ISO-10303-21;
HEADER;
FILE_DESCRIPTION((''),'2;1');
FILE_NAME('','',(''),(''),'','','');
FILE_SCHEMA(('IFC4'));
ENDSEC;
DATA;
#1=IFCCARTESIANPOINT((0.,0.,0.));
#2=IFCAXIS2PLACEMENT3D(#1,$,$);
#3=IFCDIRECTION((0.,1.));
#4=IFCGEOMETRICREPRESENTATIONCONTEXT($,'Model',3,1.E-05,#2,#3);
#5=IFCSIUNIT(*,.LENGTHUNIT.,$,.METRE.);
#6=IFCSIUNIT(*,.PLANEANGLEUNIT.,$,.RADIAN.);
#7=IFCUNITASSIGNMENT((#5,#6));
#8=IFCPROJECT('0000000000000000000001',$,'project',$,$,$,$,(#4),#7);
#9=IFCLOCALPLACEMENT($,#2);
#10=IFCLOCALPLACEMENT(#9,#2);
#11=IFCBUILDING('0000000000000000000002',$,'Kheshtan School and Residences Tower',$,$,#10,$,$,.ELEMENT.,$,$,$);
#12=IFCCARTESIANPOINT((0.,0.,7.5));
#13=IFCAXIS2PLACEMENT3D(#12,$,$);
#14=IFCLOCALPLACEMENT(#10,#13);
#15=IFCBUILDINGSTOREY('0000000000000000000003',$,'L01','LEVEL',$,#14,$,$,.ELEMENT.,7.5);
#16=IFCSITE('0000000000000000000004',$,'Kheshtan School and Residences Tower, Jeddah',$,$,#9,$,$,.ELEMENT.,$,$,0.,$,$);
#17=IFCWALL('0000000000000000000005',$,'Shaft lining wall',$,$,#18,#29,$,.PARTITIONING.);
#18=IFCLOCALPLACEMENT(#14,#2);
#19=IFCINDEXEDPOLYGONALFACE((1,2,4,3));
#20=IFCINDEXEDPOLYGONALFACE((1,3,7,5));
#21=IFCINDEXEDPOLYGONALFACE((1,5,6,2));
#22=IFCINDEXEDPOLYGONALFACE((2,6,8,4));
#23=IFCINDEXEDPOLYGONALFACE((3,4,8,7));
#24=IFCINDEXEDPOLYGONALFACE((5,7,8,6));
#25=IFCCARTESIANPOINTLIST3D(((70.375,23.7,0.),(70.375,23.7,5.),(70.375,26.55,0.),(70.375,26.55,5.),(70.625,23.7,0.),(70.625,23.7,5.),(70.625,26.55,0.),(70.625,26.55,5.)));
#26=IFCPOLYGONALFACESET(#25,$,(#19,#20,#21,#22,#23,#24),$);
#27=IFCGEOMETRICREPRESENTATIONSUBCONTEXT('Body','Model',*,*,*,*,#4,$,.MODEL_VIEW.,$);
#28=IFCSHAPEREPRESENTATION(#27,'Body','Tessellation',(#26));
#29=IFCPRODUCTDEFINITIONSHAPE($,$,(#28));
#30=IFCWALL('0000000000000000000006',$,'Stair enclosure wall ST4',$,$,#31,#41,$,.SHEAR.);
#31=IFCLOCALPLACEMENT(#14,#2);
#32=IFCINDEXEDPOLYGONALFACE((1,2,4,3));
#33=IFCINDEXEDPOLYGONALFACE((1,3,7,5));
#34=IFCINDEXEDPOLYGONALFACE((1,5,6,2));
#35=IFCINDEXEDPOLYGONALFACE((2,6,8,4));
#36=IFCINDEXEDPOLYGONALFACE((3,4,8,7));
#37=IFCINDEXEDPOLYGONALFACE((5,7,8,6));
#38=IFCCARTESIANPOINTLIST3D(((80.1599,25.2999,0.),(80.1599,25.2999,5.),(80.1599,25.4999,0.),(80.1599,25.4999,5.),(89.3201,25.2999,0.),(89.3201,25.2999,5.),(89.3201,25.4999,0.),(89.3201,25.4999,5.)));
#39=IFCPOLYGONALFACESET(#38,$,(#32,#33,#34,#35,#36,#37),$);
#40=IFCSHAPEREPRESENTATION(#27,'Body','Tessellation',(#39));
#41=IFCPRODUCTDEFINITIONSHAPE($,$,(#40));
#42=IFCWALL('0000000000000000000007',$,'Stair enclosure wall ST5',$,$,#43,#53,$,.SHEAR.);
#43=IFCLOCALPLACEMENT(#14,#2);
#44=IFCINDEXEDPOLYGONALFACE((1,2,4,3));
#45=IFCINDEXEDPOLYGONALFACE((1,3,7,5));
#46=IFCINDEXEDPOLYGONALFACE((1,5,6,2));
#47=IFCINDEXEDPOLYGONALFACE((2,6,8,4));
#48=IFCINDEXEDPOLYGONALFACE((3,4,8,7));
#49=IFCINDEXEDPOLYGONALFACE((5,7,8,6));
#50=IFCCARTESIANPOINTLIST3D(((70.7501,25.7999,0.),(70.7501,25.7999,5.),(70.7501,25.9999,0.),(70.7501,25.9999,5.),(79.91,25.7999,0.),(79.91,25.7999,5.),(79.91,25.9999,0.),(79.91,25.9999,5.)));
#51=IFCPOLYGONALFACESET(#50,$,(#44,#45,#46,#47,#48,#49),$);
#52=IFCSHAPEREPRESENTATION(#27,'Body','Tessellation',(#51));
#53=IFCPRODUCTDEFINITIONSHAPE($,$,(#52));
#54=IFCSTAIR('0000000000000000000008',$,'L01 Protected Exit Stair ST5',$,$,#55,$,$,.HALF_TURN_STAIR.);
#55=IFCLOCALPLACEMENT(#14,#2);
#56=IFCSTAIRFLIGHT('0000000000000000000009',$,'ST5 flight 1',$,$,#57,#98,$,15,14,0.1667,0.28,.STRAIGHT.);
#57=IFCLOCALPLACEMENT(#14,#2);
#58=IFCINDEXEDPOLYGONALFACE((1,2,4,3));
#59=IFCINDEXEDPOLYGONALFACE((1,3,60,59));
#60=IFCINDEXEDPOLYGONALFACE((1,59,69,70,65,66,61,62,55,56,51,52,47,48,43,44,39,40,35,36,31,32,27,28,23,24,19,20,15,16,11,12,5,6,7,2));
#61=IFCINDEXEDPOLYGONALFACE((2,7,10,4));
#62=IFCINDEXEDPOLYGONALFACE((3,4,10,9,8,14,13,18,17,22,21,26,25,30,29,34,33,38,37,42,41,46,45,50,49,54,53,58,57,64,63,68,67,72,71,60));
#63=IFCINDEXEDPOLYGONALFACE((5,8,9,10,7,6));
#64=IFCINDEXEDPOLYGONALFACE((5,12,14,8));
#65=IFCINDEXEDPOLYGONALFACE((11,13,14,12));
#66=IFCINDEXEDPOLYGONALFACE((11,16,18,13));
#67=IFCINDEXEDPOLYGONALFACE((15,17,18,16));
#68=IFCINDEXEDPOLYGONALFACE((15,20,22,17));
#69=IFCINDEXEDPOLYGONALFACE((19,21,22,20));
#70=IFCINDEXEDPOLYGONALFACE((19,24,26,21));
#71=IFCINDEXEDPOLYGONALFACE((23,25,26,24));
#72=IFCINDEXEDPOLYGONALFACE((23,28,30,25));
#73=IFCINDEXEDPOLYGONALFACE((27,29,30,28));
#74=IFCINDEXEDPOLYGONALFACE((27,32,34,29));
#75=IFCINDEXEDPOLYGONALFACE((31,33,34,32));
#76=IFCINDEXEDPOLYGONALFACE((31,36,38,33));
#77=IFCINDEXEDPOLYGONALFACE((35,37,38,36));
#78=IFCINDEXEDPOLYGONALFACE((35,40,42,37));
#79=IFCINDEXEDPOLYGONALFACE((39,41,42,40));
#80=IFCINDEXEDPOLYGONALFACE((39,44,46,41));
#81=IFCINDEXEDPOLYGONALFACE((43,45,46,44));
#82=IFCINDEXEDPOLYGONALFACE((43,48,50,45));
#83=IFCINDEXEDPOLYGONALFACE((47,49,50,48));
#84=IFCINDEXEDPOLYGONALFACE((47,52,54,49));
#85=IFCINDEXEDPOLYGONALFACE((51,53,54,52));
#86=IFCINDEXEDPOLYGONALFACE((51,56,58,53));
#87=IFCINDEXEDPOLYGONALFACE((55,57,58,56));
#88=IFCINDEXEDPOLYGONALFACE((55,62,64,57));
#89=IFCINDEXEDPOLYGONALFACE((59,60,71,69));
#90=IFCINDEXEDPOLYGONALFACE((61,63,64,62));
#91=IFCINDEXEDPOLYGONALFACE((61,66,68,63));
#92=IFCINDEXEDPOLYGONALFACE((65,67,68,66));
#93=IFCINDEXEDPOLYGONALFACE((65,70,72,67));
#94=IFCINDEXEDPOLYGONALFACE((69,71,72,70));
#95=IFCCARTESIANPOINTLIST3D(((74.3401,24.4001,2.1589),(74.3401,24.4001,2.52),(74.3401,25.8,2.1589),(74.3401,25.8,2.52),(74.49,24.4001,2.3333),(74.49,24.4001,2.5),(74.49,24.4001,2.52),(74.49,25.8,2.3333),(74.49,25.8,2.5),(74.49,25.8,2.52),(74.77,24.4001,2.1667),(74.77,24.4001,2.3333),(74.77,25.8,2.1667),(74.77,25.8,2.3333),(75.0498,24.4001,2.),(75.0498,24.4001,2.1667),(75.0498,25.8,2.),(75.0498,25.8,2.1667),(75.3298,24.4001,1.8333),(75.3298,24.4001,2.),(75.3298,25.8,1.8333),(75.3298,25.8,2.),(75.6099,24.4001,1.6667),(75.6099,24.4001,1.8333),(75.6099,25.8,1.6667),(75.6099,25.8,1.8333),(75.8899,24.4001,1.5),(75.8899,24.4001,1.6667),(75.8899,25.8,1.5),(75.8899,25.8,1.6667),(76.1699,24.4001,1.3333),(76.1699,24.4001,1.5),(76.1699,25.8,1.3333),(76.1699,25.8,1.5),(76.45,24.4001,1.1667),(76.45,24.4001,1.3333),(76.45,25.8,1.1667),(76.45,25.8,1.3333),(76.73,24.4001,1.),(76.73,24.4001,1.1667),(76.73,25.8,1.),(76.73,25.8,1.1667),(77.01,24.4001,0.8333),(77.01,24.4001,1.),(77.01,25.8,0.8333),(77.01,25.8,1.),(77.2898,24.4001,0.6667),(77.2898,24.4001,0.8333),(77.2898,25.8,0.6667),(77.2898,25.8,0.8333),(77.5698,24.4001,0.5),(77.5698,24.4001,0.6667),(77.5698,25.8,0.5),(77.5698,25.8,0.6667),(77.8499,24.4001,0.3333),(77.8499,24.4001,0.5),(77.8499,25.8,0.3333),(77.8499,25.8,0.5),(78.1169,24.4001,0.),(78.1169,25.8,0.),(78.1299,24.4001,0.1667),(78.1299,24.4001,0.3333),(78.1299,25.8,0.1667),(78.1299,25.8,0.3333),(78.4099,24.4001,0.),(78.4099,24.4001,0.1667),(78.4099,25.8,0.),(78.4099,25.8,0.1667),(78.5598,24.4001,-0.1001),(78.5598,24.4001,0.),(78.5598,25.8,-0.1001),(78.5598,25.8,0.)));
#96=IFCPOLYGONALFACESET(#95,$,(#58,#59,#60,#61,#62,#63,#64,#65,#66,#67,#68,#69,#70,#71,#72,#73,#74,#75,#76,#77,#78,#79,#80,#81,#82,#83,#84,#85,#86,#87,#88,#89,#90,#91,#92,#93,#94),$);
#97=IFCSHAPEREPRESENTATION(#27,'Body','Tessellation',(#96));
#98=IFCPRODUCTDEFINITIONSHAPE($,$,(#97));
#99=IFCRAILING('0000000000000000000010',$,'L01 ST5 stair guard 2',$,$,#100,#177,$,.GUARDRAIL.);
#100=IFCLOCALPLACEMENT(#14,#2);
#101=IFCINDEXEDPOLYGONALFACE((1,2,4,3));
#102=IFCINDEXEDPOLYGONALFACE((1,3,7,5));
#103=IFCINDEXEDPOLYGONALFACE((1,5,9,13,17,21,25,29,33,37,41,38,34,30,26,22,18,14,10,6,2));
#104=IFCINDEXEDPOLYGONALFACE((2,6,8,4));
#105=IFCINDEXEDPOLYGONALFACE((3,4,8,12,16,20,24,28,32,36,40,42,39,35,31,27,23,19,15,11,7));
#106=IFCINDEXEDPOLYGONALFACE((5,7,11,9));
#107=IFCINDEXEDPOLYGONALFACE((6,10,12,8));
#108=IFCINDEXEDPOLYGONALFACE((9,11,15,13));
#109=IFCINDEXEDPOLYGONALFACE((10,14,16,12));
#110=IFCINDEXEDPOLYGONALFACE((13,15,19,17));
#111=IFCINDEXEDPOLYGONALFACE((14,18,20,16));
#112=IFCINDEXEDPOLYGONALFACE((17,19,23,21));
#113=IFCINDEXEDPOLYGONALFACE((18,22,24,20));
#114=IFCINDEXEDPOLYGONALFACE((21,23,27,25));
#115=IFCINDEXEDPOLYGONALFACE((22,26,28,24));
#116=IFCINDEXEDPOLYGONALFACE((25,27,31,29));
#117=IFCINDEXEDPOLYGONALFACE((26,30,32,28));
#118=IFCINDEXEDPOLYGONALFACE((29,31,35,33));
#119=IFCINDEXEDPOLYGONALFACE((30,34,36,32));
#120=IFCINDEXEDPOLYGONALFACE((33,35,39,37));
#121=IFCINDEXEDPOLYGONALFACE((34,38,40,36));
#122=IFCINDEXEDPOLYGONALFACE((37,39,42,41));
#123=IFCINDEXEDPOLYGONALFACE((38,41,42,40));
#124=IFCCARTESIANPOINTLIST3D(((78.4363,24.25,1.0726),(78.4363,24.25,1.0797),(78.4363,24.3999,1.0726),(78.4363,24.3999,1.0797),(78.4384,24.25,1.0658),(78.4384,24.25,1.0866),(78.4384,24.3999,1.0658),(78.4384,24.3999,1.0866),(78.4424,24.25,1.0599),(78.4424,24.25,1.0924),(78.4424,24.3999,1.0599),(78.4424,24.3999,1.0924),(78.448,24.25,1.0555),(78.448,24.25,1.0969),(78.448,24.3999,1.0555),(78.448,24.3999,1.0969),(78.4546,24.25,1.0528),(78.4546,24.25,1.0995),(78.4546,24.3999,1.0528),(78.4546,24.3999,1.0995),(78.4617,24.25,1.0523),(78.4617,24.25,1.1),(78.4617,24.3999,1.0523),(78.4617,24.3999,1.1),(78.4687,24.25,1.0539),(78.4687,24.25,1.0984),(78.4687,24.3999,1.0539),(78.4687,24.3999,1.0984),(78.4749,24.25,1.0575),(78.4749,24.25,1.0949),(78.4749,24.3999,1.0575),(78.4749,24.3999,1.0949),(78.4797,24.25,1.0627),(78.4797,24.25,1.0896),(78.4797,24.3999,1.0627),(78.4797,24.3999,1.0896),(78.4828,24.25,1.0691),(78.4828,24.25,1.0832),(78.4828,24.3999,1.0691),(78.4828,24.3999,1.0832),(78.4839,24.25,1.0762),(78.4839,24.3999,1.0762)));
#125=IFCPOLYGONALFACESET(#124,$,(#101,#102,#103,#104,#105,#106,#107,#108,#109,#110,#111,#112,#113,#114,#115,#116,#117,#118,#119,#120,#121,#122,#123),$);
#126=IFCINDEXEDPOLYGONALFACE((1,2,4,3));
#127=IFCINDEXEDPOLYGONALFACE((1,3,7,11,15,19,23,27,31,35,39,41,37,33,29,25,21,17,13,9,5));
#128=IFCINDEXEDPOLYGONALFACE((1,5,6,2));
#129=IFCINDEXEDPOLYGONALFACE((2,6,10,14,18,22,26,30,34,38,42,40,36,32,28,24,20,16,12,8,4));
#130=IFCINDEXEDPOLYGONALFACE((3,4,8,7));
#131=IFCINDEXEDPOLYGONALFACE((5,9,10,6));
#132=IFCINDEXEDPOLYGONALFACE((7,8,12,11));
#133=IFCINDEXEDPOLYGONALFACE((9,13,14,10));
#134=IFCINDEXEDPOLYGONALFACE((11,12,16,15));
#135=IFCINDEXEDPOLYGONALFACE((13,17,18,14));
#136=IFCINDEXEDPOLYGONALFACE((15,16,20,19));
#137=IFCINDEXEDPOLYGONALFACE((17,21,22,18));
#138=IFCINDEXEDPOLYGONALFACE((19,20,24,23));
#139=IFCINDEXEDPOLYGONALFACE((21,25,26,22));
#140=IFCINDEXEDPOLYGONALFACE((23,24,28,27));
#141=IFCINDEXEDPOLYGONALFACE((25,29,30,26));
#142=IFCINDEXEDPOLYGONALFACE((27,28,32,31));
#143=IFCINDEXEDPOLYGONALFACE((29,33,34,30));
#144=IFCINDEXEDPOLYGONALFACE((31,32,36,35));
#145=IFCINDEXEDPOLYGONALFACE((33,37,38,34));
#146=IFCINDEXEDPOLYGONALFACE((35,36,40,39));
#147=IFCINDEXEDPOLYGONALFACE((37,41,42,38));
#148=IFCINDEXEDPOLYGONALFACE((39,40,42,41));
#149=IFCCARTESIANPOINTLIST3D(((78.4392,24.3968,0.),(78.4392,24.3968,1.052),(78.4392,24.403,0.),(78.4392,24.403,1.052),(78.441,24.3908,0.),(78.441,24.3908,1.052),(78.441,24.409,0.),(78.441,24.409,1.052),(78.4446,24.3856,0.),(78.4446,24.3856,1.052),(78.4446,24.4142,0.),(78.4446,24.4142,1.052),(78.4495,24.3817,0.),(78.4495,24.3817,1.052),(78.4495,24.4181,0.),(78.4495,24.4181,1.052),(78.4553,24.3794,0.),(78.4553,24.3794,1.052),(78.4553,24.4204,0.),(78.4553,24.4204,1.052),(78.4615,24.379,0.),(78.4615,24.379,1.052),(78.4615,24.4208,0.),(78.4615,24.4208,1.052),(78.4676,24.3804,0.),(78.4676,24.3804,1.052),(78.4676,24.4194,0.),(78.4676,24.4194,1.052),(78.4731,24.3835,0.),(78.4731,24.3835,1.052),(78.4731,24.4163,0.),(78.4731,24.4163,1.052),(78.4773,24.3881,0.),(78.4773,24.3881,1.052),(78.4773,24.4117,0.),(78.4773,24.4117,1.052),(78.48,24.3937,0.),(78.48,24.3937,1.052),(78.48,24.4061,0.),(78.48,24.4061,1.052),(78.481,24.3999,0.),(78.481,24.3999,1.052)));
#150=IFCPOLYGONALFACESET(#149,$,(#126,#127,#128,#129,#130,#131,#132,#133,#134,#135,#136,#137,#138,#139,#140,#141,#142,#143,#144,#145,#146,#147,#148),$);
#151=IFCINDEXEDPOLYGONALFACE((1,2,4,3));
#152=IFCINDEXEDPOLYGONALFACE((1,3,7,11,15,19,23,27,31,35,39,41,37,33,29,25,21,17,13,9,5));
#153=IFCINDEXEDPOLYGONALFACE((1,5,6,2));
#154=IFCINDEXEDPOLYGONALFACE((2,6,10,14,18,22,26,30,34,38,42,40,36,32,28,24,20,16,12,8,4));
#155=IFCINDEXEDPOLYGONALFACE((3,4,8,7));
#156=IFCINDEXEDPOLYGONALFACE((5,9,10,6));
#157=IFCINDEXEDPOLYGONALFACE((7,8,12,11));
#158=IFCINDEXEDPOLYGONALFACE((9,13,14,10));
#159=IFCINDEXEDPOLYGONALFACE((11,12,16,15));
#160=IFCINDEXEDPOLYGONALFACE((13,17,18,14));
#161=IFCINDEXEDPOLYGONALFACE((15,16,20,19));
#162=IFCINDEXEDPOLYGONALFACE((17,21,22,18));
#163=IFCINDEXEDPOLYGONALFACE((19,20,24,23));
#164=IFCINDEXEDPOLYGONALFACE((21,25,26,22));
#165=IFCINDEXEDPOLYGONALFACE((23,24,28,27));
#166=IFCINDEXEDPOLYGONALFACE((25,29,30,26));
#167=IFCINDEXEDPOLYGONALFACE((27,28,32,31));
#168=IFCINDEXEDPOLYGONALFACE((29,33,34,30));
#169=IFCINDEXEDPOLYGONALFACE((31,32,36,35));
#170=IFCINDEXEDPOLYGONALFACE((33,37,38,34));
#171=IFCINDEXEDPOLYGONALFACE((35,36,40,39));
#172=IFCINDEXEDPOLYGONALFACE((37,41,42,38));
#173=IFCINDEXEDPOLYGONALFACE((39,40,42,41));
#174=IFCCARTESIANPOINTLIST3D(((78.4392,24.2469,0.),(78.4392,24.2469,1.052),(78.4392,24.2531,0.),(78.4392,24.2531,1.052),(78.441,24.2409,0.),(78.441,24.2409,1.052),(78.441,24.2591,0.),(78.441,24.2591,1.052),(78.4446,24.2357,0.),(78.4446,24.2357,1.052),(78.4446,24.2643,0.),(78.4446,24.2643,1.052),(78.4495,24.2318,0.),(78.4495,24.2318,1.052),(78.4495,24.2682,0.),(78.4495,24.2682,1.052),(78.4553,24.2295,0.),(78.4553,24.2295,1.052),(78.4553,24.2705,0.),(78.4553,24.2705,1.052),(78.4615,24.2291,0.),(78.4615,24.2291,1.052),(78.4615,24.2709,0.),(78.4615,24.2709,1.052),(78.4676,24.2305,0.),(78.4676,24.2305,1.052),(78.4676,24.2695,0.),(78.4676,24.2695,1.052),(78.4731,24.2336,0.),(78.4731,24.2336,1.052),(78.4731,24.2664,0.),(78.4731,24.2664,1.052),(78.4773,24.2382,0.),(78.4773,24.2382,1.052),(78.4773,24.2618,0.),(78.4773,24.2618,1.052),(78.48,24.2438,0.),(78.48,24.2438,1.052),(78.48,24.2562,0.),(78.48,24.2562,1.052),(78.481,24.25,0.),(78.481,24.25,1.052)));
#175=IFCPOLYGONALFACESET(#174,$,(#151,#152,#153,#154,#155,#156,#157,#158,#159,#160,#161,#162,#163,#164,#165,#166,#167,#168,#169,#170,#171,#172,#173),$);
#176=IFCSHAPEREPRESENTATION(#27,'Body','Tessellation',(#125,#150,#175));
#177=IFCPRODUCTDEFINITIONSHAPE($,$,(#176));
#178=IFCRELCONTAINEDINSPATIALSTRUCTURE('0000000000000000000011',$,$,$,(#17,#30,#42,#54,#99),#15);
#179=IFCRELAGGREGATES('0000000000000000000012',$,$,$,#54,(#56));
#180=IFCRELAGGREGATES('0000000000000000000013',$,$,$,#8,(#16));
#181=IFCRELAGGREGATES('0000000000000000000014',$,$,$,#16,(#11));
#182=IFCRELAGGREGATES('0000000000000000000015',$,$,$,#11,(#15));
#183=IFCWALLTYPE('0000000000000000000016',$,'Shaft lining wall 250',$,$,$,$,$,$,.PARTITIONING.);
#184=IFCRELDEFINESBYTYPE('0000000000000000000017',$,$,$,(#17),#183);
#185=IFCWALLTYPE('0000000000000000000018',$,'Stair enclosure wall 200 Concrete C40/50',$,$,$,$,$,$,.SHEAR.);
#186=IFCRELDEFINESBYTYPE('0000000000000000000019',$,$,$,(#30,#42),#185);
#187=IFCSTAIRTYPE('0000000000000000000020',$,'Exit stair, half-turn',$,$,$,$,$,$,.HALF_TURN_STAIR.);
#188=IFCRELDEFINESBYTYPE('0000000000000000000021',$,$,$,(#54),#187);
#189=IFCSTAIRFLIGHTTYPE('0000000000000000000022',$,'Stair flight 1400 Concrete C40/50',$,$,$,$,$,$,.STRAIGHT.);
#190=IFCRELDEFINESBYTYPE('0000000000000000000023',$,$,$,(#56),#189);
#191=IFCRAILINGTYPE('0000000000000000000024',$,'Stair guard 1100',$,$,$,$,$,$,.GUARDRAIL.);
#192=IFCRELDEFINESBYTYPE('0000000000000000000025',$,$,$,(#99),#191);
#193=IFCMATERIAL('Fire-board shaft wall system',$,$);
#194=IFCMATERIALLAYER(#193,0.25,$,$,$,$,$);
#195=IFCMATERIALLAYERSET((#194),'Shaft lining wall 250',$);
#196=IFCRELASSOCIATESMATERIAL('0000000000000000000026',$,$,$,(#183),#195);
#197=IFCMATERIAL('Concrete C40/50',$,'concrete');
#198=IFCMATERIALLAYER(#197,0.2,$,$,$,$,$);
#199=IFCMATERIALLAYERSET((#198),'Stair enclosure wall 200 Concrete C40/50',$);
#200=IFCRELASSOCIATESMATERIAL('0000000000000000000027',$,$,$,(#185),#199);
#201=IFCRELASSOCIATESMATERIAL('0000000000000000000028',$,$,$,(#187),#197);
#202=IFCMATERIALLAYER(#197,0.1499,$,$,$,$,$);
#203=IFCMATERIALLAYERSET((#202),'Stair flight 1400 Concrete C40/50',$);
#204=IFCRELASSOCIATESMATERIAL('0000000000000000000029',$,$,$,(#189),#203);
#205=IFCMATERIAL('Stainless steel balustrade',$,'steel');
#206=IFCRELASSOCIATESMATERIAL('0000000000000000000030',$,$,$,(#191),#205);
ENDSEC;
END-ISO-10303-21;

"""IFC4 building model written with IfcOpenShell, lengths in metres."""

from ifc_helpers import new_model, si_unit, direction, frame, frame_2d, origin, origin_2d, place, context, subcontext, project, spatial, polyline, rectangle, circle, outline, extrude, material, layer, layer_set, type_object, element, aggregate, save


model = new_model("IFC4")

# Units and contexts
model_context = context("Model", 3, precision=1e-05, world=origin(), true_north=direction((0.0, 1.0)))
body_context = subcontext(model_context, "Body", "Model", "MODEL_VIEW")
ifc_project = project(units=[si_unit("LENGTHUNIT", "METRE"), si_unit("PLANEANGLEUNIT", "RADIAN")], contexts=[model_context])

# Site, building, storey
site_placement = place(None, origin())
site = spatial("IfcSite", under=ifc_project, at=site_placement, Name="Kheshtan School and Residences Tower, Jeddah", CompositionType="ELEMENT", RefElevation=0.0)
building_placement = place(site_placement, origin())
building = spatial("IfcBuilding", under=site, at=building_placement, Name="Kheshtan School and Residences Tower", CompositionType="ELEMENT")
storey_placement = place(building_placement, frame((0.0, 0.0, 7.5)))
storey = spatial("IfcBuildingStorey", under=building, at=storey_placement, Name="L01", Description="LEVEL", CompositionType="ELEMENT", Elevation=7.5)

# Walls
ifc_material_1 = material(Name="Fire-board shaft wall system")
ifc_layer_1 = layer(ifc_material_1, 0.25)
ifc_layer_set_1 = layer_set([ifc_layer_1], Name="Shaft lining wall 250")
wall_type_1 = type_object("IfcWallType", Name="Shaft lining wall 250", PredefinedType="PARTITIONING", material=ifc_layer_set_1)
wall_1_placement = place(storey_placement, frame((70.5, 23.7, 0.0), z_axis=(0.0, 0.0, 1.0), x_axis=(0.0, 1.0, 0.0)))
element("IfcWall", 1, at=wall_1_placement, inside=storey, type_object=wall_type_1, Name="Shaft lining wall", PredefinedType="PARTITIONING", context=body_context, shape_type="SweptSolid", body=[
    extrude(rectangle(XDim=2.8501, YDim=0.25, at=frame_2d((1.425, 0.0))), origin(), (0.0, 0.0, 1.0), 5.0),
])
ifc_material_2 = material(Name="Concrete C40/50", Category="concrete")
ifc_layer_2 = layer(ifc_material_2, 0.2)
ifc_layer_set_2 = layer_set([ifc_layer_2], Name="Stair enclosure wall 200 Concrete C40/50")
wall_type_2 = type_object("IfcWallType", Name="Stair enclosure wall 200 Concrete C40/50", PredefinedType="SHEAR", material=ifc_layer_set_2)
wall_2_placement = place(storey_placement, frame((80.1599, 25.3999, 0.0), z_axis=(0.0, 0.0, 1.0), x_axis=(1.0, 0.0, 0.0)))
element("IfcWall", 2, at=wall_2_placement, inside=storey, type_object=wall_type_2, Name="Stair enclosure wall ST4", PredefinedType="SHEAR", context=body_context, shape_type="SweptSolid", body=[
    extrude(rectangle(XDim=9.1602, YDim=0.2, at=frame_2d((4.5801, 0.0))), origin(), (0.0, 0.0, 1.0), 5.0),
])
wall_3_placement = place(storey_placement, frame((70.75, 25.8999, 0.0), z_axis=(0.0, 0.0, 1.0), x_axis=(1.0, 0.0, 0.0)))
element("IfcWall", 3, at=wall_3_placement, inside=storey, type_object=wall_type_2, Name="Stair enclosure wall ST5", PredefinedType="SHEAR", context=body_context, shape_type="SweptSolid", body=[
    extrude(rectangle(XDim=9.1599, YDim=0.2, at=frame_2d((4.5801, 0.0))), origin(), (0.0, 0.0, 1.0), 5.0),
])

# Stair, stair flight
stair_type = type_object("IfcStairType", Name="Exit stair, half-turn", PredefinedType="HALF_TURN_STAIR", material=ifc_material_2)
stair_placement = place(storey_placement, origin())
stair = element("IfcStair", 4, at=stair_placement, inside=storey, type_object=stair_type, Name="L01 Protected Exit Stair ST5", PredefinedType="HALF_TURN_STAIR")
ifc_layer_3 = layer(ifc_material_2, 0.1499)
ifc_layer_set_3 = layer_set([ifc_layer_3], Name="Stair flight 1400 Concrete C40/50")
stair_flight_type = type_object("IfcStairFlightType", Name="Stair flight 1400 Concrete C40/50", PredefinedType="STRAIGHT", material=ifc_layer_set_3)
stair_flight_placement = place(storey_placement, frame((78.4099, 25.1001, 0.0), z_axis=(0.0, 0.0, 1.0), x_axis=(-1.0, 0.0, 0.0)))
stair_flight = element("IfcStairFlight", 5, at=stair_flight_placement, type_object=stair_flight_type, Name="ST5 flight 1", NumberOfRisers=15, NumberOfTreads=14, PredefinedType="STRAIGHT", RiserHeight=0.1667, TreadLength=0.28, context=body_context, shape_type="SweptSolid", body=[
    extrude(outline(polyline([(-0.1499, -0.1001), (-0.1499, 0.0), (0.0, 0.0), (0.0, 0.1667), (0.28, 0.1667), (0.28, 0.3333), (0.5601, 0.3333), (0.5601, 0.5), (0.8401, 0.5), (0.8401, 0.6667), (1.1201, 0.6667), (1.1201, 0.8333), (1.3999, 0.8333), (1.3999, 1.0), (1.6799, 1.0), (1.6799, 1.1667), (1.96, 1.1667), (1.96, 1.3333), (2.24, 1.3333), (2.24, 1.5), (2.52, 1.5), (2.52, 1.6667), (2.8, 1.6667), (2.8, 1.8333), (3.0801, 1.8333), (3.0801, 2.0), (3.3601, 2.0), (3.3601, 2.1667), (3.6399, 2.1667), (3.6399, 2.3333), (3.9199, 2.3333), (3.9199, 2.5), (3.9199, 2.52), (4.0698, 2.52), (4.0698, 2.1589), (0.293, 0.0), (-0.1499, -0.1001)])), frame((0.0, 0.7, 0.0), z_axis=(0.0, -1.0, 0.0), x_axis=(1.0, 0.0, 0.0)), (0.0, 0.0, 1.0), 1.3999),
])
aggregate(stair, [stair_flight])

# Railing
ifc_material_3 = material(Name="Stainless steel balustrade", Category="steel")
railing_type_1 = type_object("IfcRailingType", Name="Stair guard 1100", PredefinedType="GUARDRAIL", material=ifc_material_3)
railing_1_placement = place(storey_placement, frame((78.46, 24.3999, 0.0)))
element("IfcRailing", 6, at=railing_1_placement, inside=storey, type_object=railing_type_1, Name="L01 ST5 stair guard 2", PredefinedType="GUARDRAIL", context=body_context, shape_type="SweptSolid", body=[
    extrude(circle(Radius=0.0239, at=origin_2d()), frame((0.0, 0.0, 1.0762), z_axis=(0.0, -1.0, 0.0), x_axis=(1.0, 0.0, 0.0)), (0.0, 0.0, 1.0), 0.1499),
    extrude(circle(Radius=0.021, at=origin_2d()), origin(), (0.0, 0.0, 1.0), 1.052),
    extrude(circle(Radius=0.021, at=origin_2d()), frame((0.0, -0.1499, 0.0)), (0.0, 0.0, 1.0), 1.052),
])

save(model, "model.ifc")
